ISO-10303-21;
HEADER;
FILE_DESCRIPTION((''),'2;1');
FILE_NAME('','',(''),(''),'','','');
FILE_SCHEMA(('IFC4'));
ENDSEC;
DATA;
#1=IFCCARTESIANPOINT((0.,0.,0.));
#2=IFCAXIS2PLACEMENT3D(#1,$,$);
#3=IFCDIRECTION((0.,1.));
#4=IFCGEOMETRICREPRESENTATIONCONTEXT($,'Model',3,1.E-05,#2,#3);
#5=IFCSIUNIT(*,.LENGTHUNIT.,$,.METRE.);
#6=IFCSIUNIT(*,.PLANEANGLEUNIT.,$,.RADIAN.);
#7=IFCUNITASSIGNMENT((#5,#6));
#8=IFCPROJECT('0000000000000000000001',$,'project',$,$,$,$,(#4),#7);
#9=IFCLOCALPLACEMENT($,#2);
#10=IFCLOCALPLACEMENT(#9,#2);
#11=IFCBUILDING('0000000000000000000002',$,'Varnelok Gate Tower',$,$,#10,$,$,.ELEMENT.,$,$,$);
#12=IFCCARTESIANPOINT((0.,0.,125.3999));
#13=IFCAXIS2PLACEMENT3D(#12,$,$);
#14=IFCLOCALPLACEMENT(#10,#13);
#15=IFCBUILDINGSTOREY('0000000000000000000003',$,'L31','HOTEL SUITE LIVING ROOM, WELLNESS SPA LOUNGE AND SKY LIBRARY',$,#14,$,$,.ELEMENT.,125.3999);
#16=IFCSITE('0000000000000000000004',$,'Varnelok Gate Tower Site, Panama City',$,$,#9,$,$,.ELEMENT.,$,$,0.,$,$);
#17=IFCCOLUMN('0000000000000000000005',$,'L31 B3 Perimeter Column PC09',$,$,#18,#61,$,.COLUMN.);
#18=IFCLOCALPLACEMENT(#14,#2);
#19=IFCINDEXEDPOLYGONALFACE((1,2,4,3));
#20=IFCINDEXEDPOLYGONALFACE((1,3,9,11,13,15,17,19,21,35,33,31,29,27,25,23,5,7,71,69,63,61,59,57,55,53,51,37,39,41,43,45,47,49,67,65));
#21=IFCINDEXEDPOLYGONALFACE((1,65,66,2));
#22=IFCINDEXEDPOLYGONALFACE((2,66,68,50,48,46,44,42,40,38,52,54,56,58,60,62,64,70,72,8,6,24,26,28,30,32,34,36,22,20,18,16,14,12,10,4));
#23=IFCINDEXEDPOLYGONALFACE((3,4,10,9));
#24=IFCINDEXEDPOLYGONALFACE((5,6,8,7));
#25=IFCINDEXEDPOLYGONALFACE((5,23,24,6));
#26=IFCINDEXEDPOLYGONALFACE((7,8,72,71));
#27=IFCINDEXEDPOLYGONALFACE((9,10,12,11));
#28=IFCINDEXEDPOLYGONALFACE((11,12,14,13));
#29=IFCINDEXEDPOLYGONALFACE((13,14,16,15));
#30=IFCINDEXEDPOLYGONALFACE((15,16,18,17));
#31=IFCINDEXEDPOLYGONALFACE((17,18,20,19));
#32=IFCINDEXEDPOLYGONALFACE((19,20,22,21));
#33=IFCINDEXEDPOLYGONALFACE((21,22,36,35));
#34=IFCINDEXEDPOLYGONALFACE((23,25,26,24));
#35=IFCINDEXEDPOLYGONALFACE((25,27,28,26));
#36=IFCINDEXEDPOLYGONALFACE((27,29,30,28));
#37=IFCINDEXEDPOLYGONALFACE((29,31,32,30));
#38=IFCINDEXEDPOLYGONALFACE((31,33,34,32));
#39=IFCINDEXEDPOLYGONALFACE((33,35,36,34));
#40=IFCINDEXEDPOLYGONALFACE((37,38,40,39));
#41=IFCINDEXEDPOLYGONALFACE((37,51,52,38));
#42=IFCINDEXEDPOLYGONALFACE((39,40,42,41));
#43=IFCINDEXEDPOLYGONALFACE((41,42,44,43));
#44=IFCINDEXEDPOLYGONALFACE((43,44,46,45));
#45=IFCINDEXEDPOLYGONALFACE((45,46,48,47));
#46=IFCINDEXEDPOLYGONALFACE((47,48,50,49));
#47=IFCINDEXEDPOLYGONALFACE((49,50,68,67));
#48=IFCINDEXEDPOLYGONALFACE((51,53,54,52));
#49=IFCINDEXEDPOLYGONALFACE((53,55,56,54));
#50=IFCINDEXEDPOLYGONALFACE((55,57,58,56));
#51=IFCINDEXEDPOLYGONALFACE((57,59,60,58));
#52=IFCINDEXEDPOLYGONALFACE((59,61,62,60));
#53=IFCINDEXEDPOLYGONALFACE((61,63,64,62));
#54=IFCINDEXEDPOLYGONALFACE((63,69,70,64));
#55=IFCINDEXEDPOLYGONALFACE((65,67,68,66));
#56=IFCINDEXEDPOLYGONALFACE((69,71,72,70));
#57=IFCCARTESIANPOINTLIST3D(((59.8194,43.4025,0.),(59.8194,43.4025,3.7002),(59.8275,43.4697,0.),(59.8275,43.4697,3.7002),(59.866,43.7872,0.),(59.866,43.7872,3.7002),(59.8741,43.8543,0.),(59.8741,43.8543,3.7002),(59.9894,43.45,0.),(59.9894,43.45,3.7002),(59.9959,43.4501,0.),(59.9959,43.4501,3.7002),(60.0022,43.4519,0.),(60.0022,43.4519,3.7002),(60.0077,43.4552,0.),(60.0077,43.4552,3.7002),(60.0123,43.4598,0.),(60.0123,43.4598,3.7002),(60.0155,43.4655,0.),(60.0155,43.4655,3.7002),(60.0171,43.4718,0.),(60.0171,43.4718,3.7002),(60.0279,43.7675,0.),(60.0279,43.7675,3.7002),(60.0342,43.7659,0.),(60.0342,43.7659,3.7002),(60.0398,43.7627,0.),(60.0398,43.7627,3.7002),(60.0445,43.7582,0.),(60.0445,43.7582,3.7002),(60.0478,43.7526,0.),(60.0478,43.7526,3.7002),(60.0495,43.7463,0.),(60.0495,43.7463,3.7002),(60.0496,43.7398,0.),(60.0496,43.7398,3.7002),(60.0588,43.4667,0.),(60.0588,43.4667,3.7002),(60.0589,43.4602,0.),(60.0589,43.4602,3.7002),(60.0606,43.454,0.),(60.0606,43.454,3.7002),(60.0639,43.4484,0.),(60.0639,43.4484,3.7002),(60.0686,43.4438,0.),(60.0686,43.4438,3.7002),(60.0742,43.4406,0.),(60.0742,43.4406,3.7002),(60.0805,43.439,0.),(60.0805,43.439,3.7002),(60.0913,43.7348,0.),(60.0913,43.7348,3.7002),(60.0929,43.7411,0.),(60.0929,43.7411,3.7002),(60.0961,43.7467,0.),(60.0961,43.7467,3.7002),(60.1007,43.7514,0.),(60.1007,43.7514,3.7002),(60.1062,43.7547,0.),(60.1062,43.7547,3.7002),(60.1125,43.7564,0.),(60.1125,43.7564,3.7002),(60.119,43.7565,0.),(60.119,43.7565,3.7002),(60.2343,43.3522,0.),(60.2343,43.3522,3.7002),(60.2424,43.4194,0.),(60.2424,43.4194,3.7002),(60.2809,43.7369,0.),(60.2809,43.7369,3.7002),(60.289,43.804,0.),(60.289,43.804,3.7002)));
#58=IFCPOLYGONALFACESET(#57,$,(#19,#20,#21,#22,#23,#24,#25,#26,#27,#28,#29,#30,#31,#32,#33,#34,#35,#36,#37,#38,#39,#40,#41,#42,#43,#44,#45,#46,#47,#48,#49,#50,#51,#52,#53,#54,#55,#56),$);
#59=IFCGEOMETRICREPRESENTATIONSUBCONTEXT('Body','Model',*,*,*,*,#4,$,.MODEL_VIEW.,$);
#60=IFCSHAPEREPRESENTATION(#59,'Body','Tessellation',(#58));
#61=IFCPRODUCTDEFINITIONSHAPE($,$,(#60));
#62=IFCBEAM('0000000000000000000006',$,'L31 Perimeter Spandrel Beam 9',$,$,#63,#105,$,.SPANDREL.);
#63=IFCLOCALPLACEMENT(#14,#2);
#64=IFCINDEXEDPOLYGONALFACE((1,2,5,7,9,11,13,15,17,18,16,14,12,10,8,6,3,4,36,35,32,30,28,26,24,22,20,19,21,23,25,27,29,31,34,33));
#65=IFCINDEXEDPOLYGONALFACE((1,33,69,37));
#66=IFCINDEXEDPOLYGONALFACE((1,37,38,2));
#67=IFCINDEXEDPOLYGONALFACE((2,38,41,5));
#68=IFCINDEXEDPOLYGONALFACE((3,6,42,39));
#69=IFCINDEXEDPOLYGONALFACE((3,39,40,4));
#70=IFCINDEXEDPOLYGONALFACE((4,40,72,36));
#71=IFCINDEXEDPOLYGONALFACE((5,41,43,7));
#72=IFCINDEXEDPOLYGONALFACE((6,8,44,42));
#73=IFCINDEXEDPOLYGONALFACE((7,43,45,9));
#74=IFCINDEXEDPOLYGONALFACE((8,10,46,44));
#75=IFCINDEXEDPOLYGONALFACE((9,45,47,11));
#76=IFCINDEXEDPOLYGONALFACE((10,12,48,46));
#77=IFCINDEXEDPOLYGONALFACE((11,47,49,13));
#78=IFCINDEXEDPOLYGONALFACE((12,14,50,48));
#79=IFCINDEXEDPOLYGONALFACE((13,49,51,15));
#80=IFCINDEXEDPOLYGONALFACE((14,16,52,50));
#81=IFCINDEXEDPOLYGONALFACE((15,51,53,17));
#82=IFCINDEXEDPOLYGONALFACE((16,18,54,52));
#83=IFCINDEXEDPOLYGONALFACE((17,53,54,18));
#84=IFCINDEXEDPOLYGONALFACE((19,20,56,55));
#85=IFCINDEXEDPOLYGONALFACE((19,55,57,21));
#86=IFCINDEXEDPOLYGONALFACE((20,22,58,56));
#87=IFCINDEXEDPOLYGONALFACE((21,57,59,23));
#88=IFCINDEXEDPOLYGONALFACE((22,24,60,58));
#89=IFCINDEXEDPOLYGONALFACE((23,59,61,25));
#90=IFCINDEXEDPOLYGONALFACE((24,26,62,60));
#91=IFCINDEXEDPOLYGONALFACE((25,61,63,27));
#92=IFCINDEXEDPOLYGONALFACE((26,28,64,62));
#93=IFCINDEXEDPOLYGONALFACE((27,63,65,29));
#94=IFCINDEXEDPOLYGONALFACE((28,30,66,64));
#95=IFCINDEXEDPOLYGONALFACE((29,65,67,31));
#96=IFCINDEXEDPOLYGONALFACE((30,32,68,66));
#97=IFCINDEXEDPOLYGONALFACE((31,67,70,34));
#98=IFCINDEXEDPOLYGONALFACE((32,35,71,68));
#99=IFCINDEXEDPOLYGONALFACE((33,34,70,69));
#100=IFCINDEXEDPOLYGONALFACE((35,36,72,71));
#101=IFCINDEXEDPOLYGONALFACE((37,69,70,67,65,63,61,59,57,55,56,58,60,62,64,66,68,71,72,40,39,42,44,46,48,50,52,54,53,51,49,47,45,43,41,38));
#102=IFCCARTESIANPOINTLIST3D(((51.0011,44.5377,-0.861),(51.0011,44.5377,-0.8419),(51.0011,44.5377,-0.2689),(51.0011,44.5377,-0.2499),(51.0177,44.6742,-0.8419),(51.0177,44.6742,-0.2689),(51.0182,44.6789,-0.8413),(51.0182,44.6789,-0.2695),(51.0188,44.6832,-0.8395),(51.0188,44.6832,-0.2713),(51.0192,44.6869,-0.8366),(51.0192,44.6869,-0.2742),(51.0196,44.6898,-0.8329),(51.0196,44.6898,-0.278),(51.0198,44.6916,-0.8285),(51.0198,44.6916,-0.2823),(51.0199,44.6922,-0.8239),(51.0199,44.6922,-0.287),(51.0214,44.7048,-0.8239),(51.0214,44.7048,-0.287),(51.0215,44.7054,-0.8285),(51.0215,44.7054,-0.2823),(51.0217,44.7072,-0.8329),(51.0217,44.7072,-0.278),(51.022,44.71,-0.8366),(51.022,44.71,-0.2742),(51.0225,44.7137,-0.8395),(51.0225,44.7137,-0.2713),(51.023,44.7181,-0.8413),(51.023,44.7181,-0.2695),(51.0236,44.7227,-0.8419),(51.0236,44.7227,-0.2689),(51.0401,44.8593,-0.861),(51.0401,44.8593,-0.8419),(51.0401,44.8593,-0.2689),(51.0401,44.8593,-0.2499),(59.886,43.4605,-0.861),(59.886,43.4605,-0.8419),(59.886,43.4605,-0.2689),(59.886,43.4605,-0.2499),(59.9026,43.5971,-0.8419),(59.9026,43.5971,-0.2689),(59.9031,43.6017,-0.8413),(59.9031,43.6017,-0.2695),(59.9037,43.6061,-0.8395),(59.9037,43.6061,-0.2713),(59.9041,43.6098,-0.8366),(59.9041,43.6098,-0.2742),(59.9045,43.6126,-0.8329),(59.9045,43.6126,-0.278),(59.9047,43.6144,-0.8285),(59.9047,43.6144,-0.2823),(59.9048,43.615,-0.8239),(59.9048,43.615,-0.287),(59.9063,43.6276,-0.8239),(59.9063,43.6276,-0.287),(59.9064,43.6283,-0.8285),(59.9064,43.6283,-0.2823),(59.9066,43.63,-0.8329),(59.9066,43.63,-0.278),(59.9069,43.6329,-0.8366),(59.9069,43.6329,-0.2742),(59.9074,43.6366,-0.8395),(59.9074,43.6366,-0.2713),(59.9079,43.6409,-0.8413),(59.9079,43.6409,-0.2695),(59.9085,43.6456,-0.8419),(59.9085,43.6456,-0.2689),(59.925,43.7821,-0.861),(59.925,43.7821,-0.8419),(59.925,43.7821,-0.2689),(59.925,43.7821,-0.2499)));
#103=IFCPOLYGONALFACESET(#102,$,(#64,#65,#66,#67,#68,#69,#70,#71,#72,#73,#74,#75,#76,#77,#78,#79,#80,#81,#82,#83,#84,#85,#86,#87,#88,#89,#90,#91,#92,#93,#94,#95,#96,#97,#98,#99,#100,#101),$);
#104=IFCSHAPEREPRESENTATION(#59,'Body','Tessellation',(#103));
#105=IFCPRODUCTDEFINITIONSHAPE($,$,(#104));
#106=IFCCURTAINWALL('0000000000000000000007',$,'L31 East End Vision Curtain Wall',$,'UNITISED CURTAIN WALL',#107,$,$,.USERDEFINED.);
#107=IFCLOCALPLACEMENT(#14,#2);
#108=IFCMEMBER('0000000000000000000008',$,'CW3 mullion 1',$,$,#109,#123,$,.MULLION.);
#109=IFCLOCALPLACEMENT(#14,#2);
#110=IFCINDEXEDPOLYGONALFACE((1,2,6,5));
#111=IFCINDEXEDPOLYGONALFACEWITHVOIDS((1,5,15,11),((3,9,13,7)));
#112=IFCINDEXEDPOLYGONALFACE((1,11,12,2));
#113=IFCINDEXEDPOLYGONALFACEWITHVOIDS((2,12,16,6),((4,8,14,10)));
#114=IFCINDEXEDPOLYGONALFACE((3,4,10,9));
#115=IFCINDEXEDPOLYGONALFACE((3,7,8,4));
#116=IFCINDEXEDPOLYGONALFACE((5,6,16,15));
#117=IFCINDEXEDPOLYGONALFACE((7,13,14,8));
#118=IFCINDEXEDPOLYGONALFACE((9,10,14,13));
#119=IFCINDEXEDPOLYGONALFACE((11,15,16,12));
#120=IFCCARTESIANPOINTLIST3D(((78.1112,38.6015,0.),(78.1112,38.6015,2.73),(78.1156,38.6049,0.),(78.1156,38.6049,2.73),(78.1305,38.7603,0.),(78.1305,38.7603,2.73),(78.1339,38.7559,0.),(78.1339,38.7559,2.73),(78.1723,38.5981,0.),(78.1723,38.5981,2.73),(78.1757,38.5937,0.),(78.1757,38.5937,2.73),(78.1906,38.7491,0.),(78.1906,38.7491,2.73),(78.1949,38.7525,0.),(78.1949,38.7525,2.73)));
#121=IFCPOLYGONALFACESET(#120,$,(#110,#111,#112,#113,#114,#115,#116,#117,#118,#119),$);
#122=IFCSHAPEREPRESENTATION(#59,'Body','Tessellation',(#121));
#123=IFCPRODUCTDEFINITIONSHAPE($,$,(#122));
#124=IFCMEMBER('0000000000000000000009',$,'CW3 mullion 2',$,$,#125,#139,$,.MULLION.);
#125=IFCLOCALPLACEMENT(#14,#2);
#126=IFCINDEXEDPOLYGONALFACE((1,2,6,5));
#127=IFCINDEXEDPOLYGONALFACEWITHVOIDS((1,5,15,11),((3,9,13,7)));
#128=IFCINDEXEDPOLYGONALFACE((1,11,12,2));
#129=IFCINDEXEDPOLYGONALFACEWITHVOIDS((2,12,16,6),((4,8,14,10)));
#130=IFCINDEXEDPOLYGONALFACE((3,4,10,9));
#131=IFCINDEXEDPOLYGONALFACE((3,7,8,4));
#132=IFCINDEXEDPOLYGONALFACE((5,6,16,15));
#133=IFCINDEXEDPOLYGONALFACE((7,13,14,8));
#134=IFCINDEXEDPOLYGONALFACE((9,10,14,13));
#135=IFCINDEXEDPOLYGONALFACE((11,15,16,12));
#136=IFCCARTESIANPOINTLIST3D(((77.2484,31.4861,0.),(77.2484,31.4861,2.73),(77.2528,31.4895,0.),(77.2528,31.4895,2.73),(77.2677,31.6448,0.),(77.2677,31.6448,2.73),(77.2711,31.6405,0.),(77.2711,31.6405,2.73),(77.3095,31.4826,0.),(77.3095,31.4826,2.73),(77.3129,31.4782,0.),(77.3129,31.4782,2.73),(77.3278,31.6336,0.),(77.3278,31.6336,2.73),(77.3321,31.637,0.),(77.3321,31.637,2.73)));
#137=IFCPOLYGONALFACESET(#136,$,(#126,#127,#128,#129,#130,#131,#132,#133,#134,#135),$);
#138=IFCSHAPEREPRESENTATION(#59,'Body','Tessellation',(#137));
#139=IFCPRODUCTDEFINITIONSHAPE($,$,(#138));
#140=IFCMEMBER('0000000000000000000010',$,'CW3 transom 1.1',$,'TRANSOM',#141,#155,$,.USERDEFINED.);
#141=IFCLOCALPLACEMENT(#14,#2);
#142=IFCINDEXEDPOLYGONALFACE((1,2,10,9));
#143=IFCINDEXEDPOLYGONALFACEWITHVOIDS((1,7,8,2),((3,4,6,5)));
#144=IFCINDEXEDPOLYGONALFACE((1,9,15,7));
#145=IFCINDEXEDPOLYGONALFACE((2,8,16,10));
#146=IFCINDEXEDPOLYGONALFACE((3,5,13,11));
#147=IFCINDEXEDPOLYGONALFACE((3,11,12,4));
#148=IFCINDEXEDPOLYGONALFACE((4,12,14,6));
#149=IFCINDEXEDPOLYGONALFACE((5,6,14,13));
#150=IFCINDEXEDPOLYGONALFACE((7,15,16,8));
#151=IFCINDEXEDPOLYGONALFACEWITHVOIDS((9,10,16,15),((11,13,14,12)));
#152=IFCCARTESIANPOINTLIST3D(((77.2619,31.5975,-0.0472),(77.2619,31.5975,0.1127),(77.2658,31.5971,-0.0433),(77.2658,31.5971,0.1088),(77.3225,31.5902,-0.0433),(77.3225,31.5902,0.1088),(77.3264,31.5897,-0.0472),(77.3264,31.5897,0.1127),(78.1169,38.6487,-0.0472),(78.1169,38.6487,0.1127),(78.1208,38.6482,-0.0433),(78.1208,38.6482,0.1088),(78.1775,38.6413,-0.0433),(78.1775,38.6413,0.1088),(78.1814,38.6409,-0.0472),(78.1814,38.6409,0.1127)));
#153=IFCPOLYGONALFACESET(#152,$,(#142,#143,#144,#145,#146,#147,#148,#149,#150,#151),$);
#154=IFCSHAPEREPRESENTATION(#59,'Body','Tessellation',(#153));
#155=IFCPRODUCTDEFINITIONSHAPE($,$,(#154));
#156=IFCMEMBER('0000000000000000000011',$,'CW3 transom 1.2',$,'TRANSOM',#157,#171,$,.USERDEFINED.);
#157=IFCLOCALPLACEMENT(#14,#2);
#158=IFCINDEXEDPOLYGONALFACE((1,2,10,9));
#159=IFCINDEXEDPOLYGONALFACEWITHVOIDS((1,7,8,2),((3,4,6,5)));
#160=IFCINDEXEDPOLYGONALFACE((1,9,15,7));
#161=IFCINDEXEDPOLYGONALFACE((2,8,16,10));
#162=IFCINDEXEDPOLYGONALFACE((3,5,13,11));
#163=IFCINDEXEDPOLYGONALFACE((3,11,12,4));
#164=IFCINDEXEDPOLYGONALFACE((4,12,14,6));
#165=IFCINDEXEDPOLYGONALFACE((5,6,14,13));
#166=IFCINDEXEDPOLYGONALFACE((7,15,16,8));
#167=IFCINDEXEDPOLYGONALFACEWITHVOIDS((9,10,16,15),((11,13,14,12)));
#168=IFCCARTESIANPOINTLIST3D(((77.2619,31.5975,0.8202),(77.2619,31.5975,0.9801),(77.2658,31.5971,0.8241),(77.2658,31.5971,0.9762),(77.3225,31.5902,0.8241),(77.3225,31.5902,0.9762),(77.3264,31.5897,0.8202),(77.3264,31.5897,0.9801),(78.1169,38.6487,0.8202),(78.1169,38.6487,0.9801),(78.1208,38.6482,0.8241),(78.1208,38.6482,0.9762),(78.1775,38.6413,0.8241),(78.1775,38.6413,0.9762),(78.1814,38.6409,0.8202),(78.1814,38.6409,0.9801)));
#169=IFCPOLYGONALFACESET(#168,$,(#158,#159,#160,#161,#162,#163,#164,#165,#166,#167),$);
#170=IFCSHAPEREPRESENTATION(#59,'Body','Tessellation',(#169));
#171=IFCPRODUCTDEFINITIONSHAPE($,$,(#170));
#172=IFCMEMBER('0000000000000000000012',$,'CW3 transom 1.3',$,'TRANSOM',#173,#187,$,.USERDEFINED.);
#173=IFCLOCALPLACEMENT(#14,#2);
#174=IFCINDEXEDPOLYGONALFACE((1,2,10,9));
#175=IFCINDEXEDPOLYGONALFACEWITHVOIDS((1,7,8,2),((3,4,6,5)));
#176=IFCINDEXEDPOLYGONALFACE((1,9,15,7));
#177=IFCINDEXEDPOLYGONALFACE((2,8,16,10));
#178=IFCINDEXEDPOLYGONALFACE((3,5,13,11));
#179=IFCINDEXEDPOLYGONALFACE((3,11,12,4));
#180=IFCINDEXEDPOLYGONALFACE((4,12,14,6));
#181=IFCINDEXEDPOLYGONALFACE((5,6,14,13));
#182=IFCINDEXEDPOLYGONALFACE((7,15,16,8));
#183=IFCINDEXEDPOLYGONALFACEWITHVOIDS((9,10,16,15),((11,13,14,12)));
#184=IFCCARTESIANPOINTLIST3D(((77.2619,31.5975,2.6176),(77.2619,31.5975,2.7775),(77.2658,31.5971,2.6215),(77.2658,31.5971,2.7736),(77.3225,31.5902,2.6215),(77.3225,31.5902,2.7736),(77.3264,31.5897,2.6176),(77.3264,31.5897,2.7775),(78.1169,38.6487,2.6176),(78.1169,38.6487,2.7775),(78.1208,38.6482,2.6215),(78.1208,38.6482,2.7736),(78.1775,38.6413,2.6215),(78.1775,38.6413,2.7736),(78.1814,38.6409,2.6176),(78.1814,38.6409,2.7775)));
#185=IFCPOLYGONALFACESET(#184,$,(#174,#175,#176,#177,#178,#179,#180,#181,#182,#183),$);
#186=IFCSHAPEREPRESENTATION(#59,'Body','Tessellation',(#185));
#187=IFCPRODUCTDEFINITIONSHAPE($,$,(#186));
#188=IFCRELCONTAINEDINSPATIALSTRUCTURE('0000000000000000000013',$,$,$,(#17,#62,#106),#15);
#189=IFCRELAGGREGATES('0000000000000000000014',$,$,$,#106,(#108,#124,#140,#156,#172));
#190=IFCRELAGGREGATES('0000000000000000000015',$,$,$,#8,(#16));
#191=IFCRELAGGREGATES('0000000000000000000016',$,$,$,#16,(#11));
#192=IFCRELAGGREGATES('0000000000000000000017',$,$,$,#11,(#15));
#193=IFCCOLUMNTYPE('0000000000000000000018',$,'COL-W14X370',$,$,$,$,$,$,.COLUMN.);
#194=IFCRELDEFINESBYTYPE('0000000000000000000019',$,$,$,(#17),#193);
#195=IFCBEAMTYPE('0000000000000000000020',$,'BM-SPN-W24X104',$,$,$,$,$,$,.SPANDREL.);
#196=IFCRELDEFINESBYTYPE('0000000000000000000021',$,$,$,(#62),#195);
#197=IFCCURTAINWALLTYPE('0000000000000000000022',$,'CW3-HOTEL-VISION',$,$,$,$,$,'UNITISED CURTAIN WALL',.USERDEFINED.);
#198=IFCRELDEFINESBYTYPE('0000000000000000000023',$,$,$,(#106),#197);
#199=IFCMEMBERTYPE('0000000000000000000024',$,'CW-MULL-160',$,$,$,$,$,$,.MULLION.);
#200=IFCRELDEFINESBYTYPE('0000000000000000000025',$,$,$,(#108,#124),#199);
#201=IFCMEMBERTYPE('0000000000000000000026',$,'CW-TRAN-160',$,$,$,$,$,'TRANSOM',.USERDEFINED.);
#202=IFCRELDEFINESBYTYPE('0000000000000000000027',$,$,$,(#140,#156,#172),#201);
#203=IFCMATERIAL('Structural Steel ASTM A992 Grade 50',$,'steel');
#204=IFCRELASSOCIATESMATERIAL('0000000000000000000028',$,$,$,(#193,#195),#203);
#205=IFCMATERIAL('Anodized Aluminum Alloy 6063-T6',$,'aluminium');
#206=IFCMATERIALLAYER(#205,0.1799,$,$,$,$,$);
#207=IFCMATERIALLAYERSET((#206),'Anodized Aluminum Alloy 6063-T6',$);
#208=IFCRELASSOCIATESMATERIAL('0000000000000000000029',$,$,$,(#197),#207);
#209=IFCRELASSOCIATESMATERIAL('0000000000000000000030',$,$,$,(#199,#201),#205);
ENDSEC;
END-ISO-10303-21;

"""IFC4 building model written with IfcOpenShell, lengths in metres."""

from ifc_helpers import new_model, si_unit, direction, frame, origin, origin_2d, place, context, subcontext, project, spatial, hollow_rectangle, i_section, extrude, material, layer, layer_set, material_profile, profile_set, type_object, element, aggregate, save


model = new_model("IFC4")

# Units and contexts
model_context = context("Model", 3, precision=1e-05, world=origin(), true_north=direction((0.0, 1.0)))
body_context = subcontext(model_context, "Body", "Model", "MODEL_VIEW")
ifc_project = project(units=[si_unit("LENGTHUNIT", "METRE"), si_unit("PLANEANGLEUNIT", "RADIAN")], contexts=[model_context])

# Site, building, storey
site_placement = place(None, origin())
site = spatial("IfcSite", under=ifc_project, at=site_placement, Name="Varnelok Gate Tower Site, Panama City", CompositionType="ELEMENT", RefElevation=0.0)
building_placement = place(site_placement, origin())
building = spatial("IfcBuilding", under=site, at=building_placement, Name="Varnelok Gate Tower", CompositionType="ELEMENT")
storey_placement = place(building_placement, frame((0.0, 0.0, 125.3999)))
storey = spatial("IfcBuildingStorey", under=building, at=storey_placement, Name="L31", Description="HOTEL SUITE LIVING ROOM, WELLNESS SPA LOUNGE AND SKY LIBRARY", CompositionType="ELEMENT", Elevation=125.3999)

# Column
ifc_material_1 = material(Name="Structural Steel ASTM A992 Grade 50", Category="steel")
ifc_material_profile_1 = material_profile(ifc_material_1, i_section(OverallWidth=0.418, OverallDepth=0.4551, WebThickness=0.042, FlangeThickness=0.0676, FilletRadius=0.0249, at=origin_2d()), Name="W14X370")
ifc_profile_set_1 = profile_set([ifc_material_profile_1], Name="Structural Steel ASTM A992 Grade 50")
column_type = type_object("IfcColumnType", Name="COL-W14X370", PredefinedType="COLUMN", material=ifc_profile_set_1)
column_placement = place(storey_placement, frame((60.0542, 43.6033, 0.0), z_axis=(0.0, 0.0, 1.0), x_axis=(0.992732, -0.120345, 0.0)))
element("IfcColumn", 1, at=column_placement, inside=storey, type_object=column_type, Name="L31 B3 Perimeter Column PC09", PredefinedType="COLUMN", context=body_context, shape_type="SweptSolid", body=[
    extrude(i_section(OverallWidth=0.418, OverallDepth=0.4551, WebThickness=0.042, FlangeThickness=0.0676, FilletRadius=0.0249, at=origin_2d()), origin(), (0.0, 0.0, 1.0), 3.7002),
])

# Beam
ifc_material_profile_2 = material_profile(ifc_material_1, i_section(OverallWidth=0.324, OverallDepth=0.6111, WebThickness=0.0127, FlangeThickness=0.019, FilletRadius=0.0181, at=origin_2d()), Name="W24X104")
ifc_profile_set_2 = profile_set([ifc_material_profile_2], Name="Structural Steel ASTM A992 Grade 50")
beam_type = type_object("IfcBeamType", Name="BM-SPN-W24X104", PredefinedType="SPANDREL", material=ifc_profile_set_2)
beam_placement = place(storey_placement, frame((59.9055, 43.6213, -0.5554), z_axis=(-0.992731, 0.120351, 0.0), x_axis=(-0.120351, -0.992731, 0.0)))
element("IfcBeam", 2, at=beam_placement, inside=storey, type_object=beam_type, Name="L31 Perimeter Spandrel Beam 9", PredefinedType="SPANDREL", context=body_context, shape_type="SweptSolid", body=[
    extrude(i_section(OverallWidth=0.324, OverallDepth=0.6111, WebThickness=0.0127, FlangeThickness=0.019, FilletRadius=0.0181, at=origin_2d()), origin(), (0.0, 0.0, 1.0), 8.95),
])

# Curtain wall, members
ifc_material_2 = material(Name="Anodized Aluminum Alloy 6063-T6", Category="aluminium")
ifc_layer_1 = layer(ifc_material_2, 0.1799)
ifc_layer_set_1 = layer_set([ifc_layer_1], Name="Anodized Aluminum Alloy 6063-T6")
curtain_wall_type = type_object("IfcCurtainWallType", Name="CW3-HOTEL-VISION", ElementType="UNITISED CURTAIN WALL", PredefinedType="USERDEFINED", material=ifc_layer_set_1)
curtain_wall_placement = place(storey_placement, origin())
curtain_wall = element("IfcCurtainWall", 3, at=curtain_wall_placement, inside=storey, type_object=curtain_wall_type, Name="L31 East End Vision Curtain Wall", ObjectType="UNITISED CURTAIN WALL", PredefinedType="USERDEFINED")
ifc_material_profile_3 = material_profile(ifc_material_2, hollow_rectangle(XDim=0.0649, YDim=0.1599, WallThickness=0.0039, at=origin_2d()), Name="ALU160X65X4")
ifc_profile_set_3 = profile_set([ifc_material_profile_3], Name="Anodized Aluminum Alloy 6063-T6")
member_type_1 = type_object("IfcMemberType", Name="CW-MULL-160", PredefinedType="MULLION", material=ifc_profile_set_3)
member_1_placement = place(storey_placement, frame((78.1531, 38.677, 0.0), z_axis=(0.0, 0.0, 1.0), x_axis=(0.992732, -0.120347, 0.0)))
member_1 = element("IfcMember", 4, at=member_1_placement, type_object=member_type_1, Name="CW3 mullion 1", PredefinedType="MULLION", context=body_context, shape_type="SweptSolid", body=[
    extrude(hollow_rectangle(XDim=0.0649, YDim=0.1599, WallThickness=0.0039, at=origin_2d()), origin(), (0.0, 0.0, 1.0), 2.73),
])
member_2_placement = place(storey_placement, frame((77.2903, 31.5615, 0.0), z_axis=(0.0, 0.0, 1.0), x_axis=(0.992732, -0.120347, 0.0)))
member_2 = element("IfcMember", 5, at=member_2_placement, type_object=member_type_1, Name="CW3 mullion 2", PredefinedType="MULLION", context=body_context, shape_type="SweptSolid", body=[
    extrude(hollow_rectangle(XDim=0.0649, YDim=0.1599, WallThickness=0.0039, at=origin_2d()), origin(), (0.0, 0.0, 1.0), 2.73),
])
ifc_material_profile_4 = material_profile(ifc_material_2, hollow_rectangle(XDim=0.0649, YDim=0.1599, WallThickness=0.0039, at=origin_2d()), Name="ALU160X65X4")
ifc_profile_set_4 = profile_set([ifc_material_profile_4], Name="Anodized Aluminum Alloy 6063-T6")
member_type_2 = type_object("IfcMemberType", Name="CW-TRAN-160", ElementType="TRANSOM", PredefinedType="USERDEFINED", material=ifc_profile_set_4)
member_3_placement = place(storey_placement, frame((78.1492, 38.6448, 0.0327), z_axis=(-0.120374, -0.992729, 0.0), x_axis=(0.992729, -0.120374, 0.0)))
member_3 = element("IfcMember", 6, at=member_3_placement, type_object=member_type_2, Name="CW3 transom 1.1", ObjectType="TRANSOM", PredefinedType="USERDEFINED", context=body_context, shape_type="SweptSolid", body=[
    extrude(hollow_rectangle(XDim=0.0649, YDim=0.1599, WallThickness=0.0039, at=origin_2d()), origin(), (0.0, 0.0, 1.0), 7.1028),
])
member_4_placement = place(storey_placement, frame((78.1492, 38.6448, 0.9001), z_axis=(-0.120374, -0.992729, 0.0), x_axis=(0.992729, -0.120374, 0.0)))
member_4 = element("IfcMember", 7, at=member_4_placement, type_object=member_type_2, Name="CW3 transom 1.2", ObjectType="TRANSOM", PredefinedType="USERDEFINED", context=body_context, shape_type="SweptSolid", body=[
    extrude(hollow_rectangle(XDim=0.0649, YDim=0.1599, WallThickness=0.0039, at=origin_2d()), origin(), (0.0, 0.0, 1.0), 7.1028),
])
member_5_placement = place(storey_placement, frame((78.1492, 38.6448, 2.6975), z_axis=(-0.120374, -0.992729, 0.0), x_axis=(0.992729, -0.120374, 0.0)))
member_5 = element("IfcMember", 8, at=member_5_placement, type_object=member_type_2, Name="CW3 transom 1.3", ObjectType="TRANSOM", PredefinedType="USERDEFINED", context=body_context, shape_type="SweptSolid", body=[
    extrude(hollow_rectangle(XDim=0.0649, YDim=0.1599, WallThickness=0.0039, at=origin_2d()), origin(), (0.0, 0.0, 1.0), 7.1028),
])
aggregate(curtain_wall, [member_1, member_2, member_3, member_4, member_5])

save(model, "model.ifc")
